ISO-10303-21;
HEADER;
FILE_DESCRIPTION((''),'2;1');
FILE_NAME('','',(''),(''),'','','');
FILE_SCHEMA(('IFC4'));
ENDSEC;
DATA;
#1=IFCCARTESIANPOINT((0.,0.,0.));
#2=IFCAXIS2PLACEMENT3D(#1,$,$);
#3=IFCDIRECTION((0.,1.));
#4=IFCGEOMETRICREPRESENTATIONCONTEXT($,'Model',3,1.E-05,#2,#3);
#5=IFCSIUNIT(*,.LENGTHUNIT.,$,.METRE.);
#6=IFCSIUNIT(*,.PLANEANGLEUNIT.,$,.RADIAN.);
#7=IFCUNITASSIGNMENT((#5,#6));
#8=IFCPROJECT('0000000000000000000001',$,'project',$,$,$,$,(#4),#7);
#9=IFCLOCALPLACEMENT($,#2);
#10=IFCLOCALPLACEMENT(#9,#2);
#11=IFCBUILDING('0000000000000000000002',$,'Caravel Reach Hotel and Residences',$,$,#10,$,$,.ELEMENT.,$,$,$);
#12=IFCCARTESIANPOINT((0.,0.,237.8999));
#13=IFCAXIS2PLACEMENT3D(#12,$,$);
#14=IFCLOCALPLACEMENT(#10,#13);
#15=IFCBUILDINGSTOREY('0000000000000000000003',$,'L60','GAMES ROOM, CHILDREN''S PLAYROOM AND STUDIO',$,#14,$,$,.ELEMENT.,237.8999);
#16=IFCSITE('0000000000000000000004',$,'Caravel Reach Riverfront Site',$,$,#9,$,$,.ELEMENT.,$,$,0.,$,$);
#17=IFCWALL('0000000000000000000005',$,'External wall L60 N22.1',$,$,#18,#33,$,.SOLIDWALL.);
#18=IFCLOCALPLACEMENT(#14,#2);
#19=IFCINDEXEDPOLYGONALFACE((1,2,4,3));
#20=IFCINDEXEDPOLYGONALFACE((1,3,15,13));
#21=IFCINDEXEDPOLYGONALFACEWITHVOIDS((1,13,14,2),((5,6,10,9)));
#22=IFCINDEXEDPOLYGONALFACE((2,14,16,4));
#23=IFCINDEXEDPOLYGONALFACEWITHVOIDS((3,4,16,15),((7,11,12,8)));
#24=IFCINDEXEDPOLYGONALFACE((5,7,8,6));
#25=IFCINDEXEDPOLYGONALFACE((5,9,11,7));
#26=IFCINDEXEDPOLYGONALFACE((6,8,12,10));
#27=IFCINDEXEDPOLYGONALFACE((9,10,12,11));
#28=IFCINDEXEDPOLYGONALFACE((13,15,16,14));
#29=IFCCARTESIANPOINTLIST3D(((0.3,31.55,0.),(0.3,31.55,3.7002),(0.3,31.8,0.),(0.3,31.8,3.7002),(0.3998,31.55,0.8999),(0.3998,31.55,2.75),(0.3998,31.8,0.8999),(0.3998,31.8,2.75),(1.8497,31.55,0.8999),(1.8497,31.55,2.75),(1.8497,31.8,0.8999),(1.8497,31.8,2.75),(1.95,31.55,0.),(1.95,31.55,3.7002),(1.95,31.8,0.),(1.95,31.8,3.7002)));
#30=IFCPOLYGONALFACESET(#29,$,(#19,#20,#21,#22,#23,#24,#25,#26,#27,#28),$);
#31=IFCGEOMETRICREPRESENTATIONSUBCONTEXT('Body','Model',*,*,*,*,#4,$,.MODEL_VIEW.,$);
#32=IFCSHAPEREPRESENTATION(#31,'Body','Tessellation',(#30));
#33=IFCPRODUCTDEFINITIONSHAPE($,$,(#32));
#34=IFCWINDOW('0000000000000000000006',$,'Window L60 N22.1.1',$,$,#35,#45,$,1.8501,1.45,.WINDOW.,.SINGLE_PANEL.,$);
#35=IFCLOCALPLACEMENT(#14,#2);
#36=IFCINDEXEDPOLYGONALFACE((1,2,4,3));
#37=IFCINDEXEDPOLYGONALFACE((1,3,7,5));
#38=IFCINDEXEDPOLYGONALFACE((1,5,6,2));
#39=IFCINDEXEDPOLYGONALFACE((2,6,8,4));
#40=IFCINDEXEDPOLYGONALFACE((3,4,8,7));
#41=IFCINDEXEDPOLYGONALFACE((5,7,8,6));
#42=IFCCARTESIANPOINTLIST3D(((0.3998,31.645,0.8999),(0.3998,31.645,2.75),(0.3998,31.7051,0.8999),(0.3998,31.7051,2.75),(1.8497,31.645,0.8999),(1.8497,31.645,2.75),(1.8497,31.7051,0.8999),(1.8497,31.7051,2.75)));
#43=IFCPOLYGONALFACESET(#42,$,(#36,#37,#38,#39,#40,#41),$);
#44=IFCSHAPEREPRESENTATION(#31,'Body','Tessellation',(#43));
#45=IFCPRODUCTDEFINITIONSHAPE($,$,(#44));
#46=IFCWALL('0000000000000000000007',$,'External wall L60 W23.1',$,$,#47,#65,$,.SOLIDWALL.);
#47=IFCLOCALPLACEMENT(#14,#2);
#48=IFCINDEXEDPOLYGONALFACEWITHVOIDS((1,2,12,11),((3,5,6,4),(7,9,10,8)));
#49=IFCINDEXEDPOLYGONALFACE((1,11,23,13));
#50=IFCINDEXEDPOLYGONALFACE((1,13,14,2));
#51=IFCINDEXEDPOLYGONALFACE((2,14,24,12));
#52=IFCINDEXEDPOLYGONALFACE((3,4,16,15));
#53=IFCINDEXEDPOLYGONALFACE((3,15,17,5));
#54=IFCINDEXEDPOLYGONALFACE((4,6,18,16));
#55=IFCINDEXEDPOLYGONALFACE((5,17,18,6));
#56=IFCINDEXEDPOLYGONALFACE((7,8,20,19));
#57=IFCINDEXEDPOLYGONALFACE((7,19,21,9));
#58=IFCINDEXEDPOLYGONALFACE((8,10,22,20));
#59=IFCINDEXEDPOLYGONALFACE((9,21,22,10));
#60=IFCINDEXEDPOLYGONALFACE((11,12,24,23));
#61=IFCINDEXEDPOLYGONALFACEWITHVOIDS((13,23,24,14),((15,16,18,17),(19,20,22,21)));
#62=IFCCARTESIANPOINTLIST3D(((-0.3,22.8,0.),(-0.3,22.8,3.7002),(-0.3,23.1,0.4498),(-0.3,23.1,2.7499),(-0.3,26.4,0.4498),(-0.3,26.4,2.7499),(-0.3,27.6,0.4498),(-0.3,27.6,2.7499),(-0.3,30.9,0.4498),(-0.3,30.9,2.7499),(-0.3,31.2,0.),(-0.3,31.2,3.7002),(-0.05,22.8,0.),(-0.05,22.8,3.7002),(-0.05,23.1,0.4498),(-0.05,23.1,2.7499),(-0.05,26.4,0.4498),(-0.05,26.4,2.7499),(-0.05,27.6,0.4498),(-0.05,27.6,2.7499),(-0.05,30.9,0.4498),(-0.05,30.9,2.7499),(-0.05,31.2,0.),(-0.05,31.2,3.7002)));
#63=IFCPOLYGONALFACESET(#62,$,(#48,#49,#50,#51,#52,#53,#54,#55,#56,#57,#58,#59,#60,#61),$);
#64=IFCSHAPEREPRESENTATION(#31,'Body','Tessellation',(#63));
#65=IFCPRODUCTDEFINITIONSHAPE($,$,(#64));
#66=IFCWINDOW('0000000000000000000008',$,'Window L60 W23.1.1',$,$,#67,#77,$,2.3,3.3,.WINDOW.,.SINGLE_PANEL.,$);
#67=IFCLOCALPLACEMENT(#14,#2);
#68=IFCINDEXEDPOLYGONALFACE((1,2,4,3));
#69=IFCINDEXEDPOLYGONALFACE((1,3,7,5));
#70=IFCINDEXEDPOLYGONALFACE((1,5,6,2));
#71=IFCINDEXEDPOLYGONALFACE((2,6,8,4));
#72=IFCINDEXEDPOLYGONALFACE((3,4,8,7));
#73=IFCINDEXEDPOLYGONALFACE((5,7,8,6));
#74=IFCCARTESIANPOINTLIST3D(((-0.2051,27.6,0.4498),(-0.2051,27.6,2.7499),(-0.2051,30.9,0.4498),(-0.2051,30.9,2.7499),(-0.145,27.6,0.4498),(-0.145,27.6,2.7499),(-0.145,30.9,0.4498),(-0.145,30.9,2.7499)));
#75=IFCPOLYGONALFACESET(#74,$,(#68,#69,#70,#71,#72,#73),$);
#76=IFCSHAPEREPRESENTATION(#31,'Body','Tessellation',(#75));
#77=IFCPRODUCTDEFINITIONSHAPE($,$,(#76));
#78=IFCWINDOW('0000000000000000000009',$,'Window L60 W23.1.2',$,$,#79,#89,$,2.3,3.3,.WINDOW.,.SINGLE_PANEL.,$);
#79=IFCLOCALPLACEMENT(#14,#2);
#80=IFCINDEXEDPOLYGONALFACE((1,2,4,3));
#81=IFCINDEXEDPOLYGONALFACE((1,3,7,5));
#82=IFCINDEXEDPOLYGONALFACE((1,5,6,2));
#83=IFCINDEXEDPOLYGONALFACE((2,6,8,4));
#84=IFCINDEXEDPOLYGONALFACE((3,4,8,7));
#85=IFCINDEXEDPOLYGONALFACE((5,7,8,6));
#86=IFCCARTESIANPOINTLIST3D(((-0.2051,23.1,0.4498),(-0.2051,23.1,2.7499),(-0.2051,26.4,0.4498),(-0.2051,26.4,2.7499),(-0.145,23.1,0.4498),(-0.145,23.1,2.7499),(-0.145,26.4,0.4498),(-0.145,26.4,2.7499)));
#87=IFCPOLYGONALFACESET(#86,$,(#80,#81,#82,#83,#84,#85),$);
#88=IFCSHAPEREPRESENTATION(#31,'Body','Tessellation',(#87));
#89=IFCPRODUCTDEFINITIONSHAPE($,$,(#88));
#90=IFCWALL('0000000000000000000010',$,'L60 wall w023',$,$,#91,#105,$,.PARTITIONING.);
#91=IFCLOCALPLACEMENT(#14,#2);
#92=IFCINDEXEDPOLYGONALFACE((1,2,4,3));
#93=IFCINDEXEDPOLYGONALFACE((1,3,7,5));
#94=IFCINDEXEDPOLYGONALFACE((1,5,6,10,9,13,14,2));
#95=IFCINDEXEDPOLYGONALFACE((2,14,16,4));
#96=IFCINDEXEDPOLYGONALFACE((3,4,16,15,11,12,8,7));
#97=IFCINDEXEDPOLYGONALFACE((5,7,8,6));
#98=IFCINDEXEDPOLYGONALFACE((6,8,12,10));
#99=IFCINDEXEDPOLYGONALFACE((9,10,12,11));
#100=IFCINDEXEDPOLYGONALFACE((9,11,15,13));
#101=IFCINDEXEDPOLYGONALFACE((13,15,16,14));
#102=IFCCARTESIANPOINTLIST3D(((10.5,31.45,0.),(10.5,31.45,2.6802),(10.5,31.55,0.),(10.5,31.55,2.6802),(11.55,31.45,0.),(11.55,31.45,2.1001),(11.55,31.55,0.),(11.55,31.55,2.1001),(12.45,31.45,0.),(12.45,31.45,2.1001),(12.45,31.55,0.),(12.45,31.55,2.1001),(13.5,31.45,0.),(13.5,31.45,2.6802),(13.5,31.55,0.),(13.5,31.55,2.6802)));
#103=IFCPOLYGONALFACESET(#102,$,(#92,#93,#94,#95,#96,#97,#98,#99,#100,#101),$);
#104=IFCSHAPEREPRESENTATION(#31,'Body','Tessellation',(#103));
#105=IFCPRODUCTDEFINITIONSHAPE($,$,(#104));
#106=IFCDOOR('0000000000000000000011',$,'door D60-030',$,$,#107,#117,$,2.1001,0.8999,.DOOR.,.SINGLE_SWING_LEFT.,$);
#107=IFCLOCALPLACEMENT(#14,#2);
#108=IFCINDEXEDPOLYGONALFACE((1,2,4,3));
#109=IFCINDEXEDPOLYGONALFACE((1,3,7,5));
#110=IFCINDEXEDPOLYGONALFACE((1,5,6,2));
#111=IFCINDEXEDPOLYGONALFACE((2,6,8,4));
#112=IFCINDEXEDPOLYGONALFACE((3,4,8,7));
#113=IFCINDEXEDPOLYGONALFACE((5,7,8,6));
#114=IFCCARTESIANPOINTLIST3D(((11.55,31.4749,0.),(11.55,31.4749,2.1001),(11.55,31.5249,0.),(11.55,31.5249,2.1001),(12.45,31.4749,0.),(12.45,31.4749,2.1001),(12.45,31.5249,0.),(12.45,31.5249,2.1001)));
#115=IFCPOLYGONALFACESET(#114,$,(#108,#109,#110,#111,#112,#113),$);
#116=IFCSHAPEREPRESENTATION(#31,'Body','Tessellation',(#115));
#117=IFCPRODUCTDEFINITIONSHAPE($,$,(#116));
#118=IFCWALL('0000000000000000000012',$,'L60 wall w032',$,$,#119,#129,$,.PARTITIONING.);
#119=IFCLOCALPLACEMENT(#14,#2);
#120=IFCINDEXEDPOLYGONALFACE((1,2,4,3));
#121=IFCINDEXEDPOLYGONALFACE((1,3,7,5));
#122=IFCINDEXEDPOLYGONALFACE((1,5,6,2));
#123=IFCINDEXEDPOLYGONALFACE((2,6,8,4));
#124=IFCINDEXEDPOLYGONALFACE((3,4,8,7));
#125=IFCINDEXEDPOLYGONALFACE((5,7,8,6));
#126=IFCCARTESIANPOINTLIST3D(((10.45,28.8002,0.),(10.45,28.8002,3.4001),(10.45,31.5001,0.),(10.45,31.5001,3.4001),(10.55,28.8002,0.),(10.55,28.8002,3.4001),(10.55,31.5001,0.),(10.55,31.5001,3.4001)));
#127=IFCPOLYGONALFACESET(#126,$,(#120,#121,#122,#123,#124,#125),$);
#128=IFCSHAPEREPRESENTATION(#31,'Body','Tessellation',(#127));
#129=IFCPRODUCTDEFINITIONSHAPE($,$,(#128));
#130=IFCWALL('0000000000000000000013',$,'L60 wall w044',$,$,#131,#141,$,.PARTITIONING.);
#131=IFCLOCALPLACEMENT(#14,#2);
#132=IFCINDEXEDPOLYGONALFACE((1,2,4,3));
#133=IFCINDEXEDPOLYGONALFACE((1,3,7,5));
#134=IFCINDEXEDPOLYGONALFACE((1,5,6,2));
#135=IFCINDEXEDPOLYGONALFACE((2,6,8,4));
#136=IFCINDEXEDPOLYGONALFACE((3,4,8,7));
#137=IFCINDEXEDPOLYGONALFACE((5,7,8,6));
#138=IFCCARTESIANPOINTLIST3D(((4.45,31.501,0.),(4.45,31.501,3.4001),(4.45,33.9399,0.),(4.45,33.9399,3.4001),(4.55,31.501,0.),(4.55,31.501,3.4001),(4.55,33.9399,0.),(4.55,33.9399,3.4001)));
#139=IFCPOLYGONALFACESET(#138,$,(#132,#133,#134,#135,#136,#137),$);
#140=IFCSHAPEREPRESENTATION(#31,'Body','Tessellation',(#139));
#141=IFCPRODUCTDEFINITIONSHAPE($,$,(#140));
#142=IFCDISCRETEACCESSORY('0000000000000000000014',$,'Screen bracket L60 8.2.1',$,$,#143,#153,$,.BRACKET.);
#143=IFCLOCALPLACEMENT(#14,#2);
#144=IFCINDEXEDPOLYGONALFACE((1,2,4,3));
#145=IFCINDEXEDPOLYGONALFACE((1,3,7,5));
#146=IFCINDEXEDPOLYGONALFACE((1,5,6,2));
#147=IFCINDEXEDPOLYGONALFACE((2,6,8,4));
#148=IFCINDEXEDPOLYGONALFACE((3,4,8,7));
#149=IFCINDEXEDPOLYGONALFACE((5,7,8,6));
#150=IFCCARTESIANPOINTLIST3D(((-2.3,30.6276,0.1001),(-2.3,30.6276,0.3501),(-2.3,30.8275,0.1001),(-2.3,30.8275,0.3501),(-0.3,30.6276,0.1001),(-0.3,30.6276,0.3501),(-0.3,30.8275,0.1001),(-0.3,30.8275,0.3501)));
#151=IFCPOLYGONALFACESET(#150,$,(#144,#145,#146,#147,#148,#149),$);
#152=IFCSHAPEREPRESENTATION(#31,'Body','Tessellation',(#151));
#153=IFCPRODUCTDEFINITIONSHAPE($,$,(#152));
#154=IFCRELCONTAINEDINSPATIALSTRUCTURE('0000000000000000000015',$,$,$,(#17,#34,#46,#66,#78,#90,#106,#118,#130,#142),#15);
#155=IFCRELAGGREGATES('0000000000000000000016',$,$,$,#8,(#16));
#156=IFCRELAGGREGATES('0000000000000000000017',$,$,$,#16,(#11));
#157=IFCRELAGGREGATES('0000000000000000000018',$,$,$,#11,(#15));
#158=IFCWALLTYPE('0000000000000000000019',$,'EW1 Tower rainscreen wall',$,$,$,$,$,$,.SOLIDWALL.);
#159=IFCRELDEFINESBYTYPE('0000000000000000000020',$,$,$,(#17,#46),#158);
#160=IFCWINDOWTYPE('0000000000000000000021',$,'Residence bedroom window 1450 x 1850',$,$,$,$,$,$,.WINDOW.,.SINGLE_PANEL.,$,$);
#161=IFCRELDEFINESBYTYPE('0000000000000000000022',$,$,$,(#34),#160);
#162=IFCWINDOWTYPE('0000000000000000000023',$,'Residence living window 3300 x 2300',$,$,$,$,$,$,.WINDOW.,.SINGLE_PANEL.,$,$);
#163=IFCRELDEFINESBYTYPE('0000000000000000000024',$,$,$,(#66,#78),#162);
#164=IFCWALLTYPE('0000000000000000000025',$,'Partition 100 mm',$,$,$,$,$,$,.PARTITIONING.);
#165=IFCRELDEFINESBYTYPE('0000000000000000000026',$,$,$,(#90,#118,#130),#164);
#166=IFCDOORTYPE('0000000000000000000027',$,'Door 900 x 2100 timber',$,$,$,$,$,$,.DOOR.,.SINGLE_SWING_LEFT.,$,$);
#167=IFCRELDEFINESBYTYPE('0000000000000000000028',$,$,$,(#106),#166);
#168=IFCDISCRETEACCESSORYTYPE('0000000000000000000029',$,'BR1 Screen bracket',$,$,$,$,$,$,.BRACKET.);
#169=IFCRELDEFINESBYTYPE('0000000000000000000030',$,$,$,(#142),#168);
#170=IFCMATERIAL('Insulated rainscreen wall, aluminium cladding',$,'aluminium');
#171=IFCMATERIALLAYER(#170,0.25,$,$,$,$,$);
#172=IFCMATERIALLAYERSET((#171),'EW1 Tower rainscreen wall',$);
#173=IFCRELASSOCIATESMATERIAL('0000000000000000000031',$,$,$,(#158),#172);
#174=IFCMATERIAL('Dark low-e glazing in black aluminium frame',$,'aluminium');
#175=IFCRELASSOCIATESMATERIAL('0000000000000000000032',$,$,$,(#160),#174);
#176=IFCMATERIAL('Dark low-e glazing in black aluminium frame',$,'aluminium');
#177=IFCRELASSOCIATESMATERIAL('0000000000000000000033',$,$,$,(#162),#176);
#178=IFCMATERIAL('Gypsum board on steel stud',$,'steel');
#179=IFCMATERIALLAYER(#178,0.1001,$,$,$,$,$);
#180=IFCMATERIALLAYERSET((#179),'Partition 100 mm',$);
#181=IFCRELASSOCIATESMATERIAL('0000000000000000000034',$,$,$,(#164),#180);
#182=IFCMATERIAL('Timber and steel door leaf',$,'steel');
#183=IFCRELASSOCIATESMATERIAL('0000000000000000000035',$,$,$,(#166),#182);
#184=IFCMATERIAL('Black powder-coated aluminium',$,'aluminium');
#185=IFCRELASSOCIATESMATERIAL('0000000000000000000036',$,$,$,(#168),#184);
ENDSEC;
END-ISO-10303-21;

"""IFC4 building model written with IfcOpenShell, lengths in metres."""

from ifc_helpers import new_model, si_unit, direction, frame, frame_2d, origin, origin_2d, place, context, subcontext, project, spatial, rectangle, extrude, material, layer, layer_set, type_object, element, fill, save


model = new_model("IFC4")

# Units and contexts
model_context = context("Model", 3, precision=1e-05, world=origin(), true_north=direction((0.0, 1.0)))
body_context = subcontext(model_context, "Body", "Model", "MODEL_VIEW")
ifc_project = project(units=[si_unit("LENGTHUNIT", "METRE"), si_unit("PLANEANGLEUNIT", "RADIAN")], contexts=[model_context])

# Site, building, storey
site_placement = place(None, origin())
site = spatial("IfcSite", under=ifc_project, at=site_placement, Name="Caravel Reach Riverfront Site", CompositionType="ELEMENT", RefElevation=0.0)
building_placement = place(site_placement, origin())
building = spatial("IfcBuilding", under=site, at=building_placement, Name="Caravel Reach Hotel and Residences", CompositionType="ELEMENT")
storey_placement = place(building_placement, frame((0.0, 0.0, 237.8999)))
storey = spatial("IfcBuildingStorey", under=building, at=storey_placement, Name="L60", Description="GAMES ROOM, CHILDREN'S PLAYROOM AND STUDIO", CompositionType="ELEMENT", Elevation=237.8999)

# Wall, opening, window
ifc_material_1 = material(Name="Insulated rainscreen wall, aluminium cladding", Category="aluminium")
ifc_layer_1 = layer(ifc_material_1, 0.25)
ifc_layer_set_1 = layer_set([ifc_layer_1], Name="EW1 Tower rainscreen wall")
wall_type_1 = type_object("IfcWallType", Name="EW1 Tower rainscreen wall", PredefinedType="SOLIDWALL", material=ifc_layer_set_1)
wall_1_placement = place(storey_placement, frame((1.95, 31.675, 0.0), z_axis=(0.0, 0.0, 1.0), x_axis=(-1.0, 0.0, 0.0)))
wall_1 = element("IfcWall", 1, at=wall_1_placement, inside=storey, type_object=wall_type_1, Name="External wall L60 N22.1", PredefinedType="SOLIDWALL", context=body_context, shape_type="SweptSolid", body=[
    extrude(rectangle(XDim=1.6499, YDim=0.25, at=frame_2d((0.825, 0.0))), origin(), (0.0, 0.0, 1.0), 3.7002),
])
opening_1_placement = place(wall_1_placement, frame((0.1001, 0.0, 0.8999)))
opening_1 = element("IfcOpeningElement", 2, at=opening_1_placement, cuts=wall_1, PredefinedType="OPENING", context=body_context, shape_type="SweptSolid", body=[
    extrude(rectangle(XDim=1.45, YDim=1.8501, at=frame_2d((0.7251, 0.925))), frame((0.0, 0.135, 0.0), z_axis=(0.0, -1.0, 0.0), x_axis=(1.0, 0.0, 0.0)), (0.0, 0.0, 1.0), 0.27),
])
ifc_material_2 = material(Name="Dark low-e glazing in black aluminium frame", Category="aluminium")
window_type_1 = type_object("IfcWindowType", Name="Residence bedroom window 1450 x 1850", PartitioningType="SINGLE_PANEL", PredefinedType="WINDOW", material=ifc_material_2)
window_1_placement = place(opening_1_placement, origin())
window_1 = element("IfcWindow", 3, at=window_1_placement, inside=storey, type_object=window_type_1, Name="Window L60 N22.1.1", OverallHeight=1.8501, OverallWidth=1.45, PartitioningType="SINGLE_PANEL", PredefinedType="WINDOW", context=body_context, shape_type="SweptSolid", body=[
    extrude(rectangle(XDim=1.45, YDim=1.8501, at=frame_2d((0.7251, 0.925))), frame((0.0, 0.03, 0.0), z_axis=(0.0, -1.0, 0.0), x_axis=(1.0, 0.0, 0.0)), (0.0, 0.0, 1.0), 0.0601),
])
fill(opening_1, window_1)

# Wall, openings, windows
wall_2_placement = place(storey_placement, frame((-0.175, 31.2, 0.0), z_axis=(0.0, 0.0, 1.0), x_axis=(0.0, -1.0, 0.0)))
wall_2 = element("IfcWall", 4, at=wall_2_placement, inside=storey, type_object=wall_type_1, Name="External wall L60 W23.1", PredefinedType="SOLIDWALL", context=body_context, shape_type="SweptSolid", body=[
    extrude(rectangle(XDim=8.3999, YDim=0.25, at=frame_2d((4.2, 0.0))), origin(), (0.0, 0.0, 1.0), 3.7002),
])
opening_2_placement = place(wall_2_placement, frame((0.3, 0.0, 0.45)))
opening_2 = element("IfcOpeningElement", 5, at=opening_2_placement, cuts=wall_2, PredefinedType="OPENING", context=body_context, shape_type="SweptSolid", body=[
    extrude(rectangle(XDim=3.3, YDim=2.3, at=frame_2d((1.6499, 1.1499))), frame((0.0, 0.135, 0.0), z_axis=(0.0, -1.0, 0.0), x_axis=(1.0, 0.0, 0.0)), (0.0, 0.0, 1.0), 0.27),
])
opening_3_placement = place(wall_2_placement, frame((4.8, 0.0, 0.45)))
opening_3 = element("IfcOpeningElement", 6, at=opening_3_placement, cuts=wall_2, PredefinedType="OPENING", context=body_context, shape_type="SweptSolid", body=[
    extrude(rectangle(XDim=3.3, YDim=2.3, at=frame_2d((1.6499, 1.1499))), frame((0.0, 0.135, 0.0), z_axis=(0.0, -1.0, 0.0), x_axis=(1.0, 0.0, 0.0)), (0.0, 0.0, 1.0), 0.27),
])
ifc_material_3 = material(Name="Dark low-e glazing in black aluminium frame", Category="aluminium")
window_type_2 = type_object("IfcWindowType", Name="Residence living window 3300 x 2300", PartitioningType="SINGLE_PANEL", PredefinedType="WINDOW", material=ifc_material_3)
window_2_placement = place(opening_2_placement, origin())
window_2 = element("IfcWindow", 7, at=window_2_placement, inside=storey, type_object=window_type_2, Name="Window L60 W23.1.1", OverallHeight=2.3, OverallWidth=3.3, PartitioningType="SINGLE_PANEL", PredefinedType="WINDOW", context=body_context, shape_type="SweptSolid", body=[
    extrude(rectangle(XDim=3.3, YDim=2.3, at=frame_2d((1.6499, 1.1499))), frame((0.0, 0.03, 0.0), z_axis=(0.0, -1.0, 0.0), x_axis=(1.0, 0.0, 0.0)), (0.0, 0.0, 1.0), 0.0601),
])
fill(opening_2, window_2)
window_3_placement = place(opening_3_placement, origin())
window_3 = element("IfcWindow", 8, at=window_3_placement, inside=storey, type_object=window_type_2, Name="Window L60 W23.1.2", OverallHeight=2.3, OverallWidth=3.3, PartitioningType="SINGLE_PANEL", PredefinedType="WINDOW", context=body_context, shape_type="SweptSolid", body=[
    extrude(rectangle(XDim=3.3, YDim=2.3, at=frame_2d((1.6499, 1.1499))), frame((0.0, 0.03, 0.0), z_axis=(0.0, -1.0, 0.0), x_axis=(1.0, 0.0, 0.0)), (0.0, 0.0, 1.0), 0.0601),
])
fill(opening_3, window_3)

# Wall, opening, door
ifc_material_4 = material(Name="Gypsum board on steel stud", Category="steel")
ifc_layer_2 = layer(ifc_material_4, 0.1001)
ifc_layer_set_2 = layer_set([ifc_layer_2], Name="Partition 100 mm")
wall_type_2 = type_object("IfcWallType", Name="Partition 100 mm", PredefinedType="PARTITIONING", material=ifc_layer_set_2)
wall_3_placement = place(storey_placement, frame((10.5, 31.5, 0.0), z_axis=(0.0, 0.0, 1.0), x_axis=(1.0, 0.0, 0.0)))
wall_3 = element("IfcWall", 9, at=wall_3_placement, inside=storey, type_object=wall_type_2, Name="L60 wall w023", PredefinedType="PARTITIONING", context=body_context, shape_type="SweptSolid", body=[
    extrude(rectangle(XDim=3.0, YDim=0.1001, at=frame_2d((1.5, 0.0))), origin(), (0.0, 0.0, 1.0), 2.6802),
])
opening_4_placement = place(wall_3_placement, frame((1.05, 0.0, 0.0)))
opening_4 = element("IfcOpeningElement", 10, at=opening_4_placement, cuts=wall_3, PredefinedType="OPENING", context=body_context, shape_type="SweptSolid", body=[
    extrude(rectangle(XDim=0.8999, YDim=2.1001, at=frame_2d((0.45, 1.05))), frame((0.0, 0.0601, 0.0), z_axis=(0.0, -1.0, 0.0), x_axis=(1.0, 0.0, 0.0)), (0.0, 0.0, 1.0), 0.1201),
])
ifc_material_5 = material(Name="Timber and steel door leaf", Category="steel")
door_type_1 = type_object("IfcDoorType", Name="Door 900 x 2100 timber", OperationType="SINGLE_SWING_LEFT", PredefinedType="DOOR", material=ifc_material_5)
door_1_placement = place(opening_4_placement, origin())
door_1 = element("IfcDoor", 11, at=door_1_placement, inside=storey, type_object=door_type_1, Name="door D60-030", OperationType="SINGLE_SWING_LEFT", OverallHeight=2.1001, OverallWidth=0.8999, PredefinedType="DOOR", context=body_context, shape_type="SweptSolid", body=[
    extrude(rectangle(XDim=0.8999, YDim=2.1001, at=frame_2d((0.45, 1.05))), frame((0.0, 0.0249, 0.0), z_axis=(0.0, -1.0, 0.0), x_axis=(1.0, 0.0, 0.0)), (0.0, 0.0, 1.0), 0.05),
])
fill(opening_4, door_1)

# Walls
wall_4_placement = place(storey_placement, frame((10.5, 28.8, 0.0), z_axis=(0.0, 0.0, 1.0), x_axis=(0.0, 1.0, 0.0)))
element("IfcWall", 12, at=wall_4_placement, inside=storey, type_object=wall_type_2, Name="L60 wall w032", PredefinedType="PARTITIONING", context=body_context, shape_type="SweptSolid", body=[
    extrude(rectangle(XDim=2.7, YDim=0.1001, at=frame_2d((1.3501, 0.0))), origin(), (0.0, 0.0, 1.0), 3.4001),
])
wall_5_placement = place(storey_placement, frame((4.5, 31.501, 0.0), z_axis=(0.0, 0.0, 1.0), x_axis=(0.0, 1.0, 0.0)))
element("IfcWall", 13, at=wall_5_placement, inside=storey, type_object=wall_type_2, Name="L60 wall w044", PredefinedType="PARTITIONING", context=body_context, shape_type="SweptSolid", body=[
    extrude(rectangle(XDim=2.439, YDim=0.1001, at=frame_2d((1.2195, 0.0))), origin(), (0.0, 0.0, 1.0), 3.4001),
])

# Discrete accessory
ifc_material_6 = material(Name="Black powder-coated aluminium", Category="aluminium")
discrete_accessory_type = type_object("IfcDiscreteAccessoryType", Name="BR1 Screen bracket", PredefinedType="BRACKET", material=ifc_material_6)
discrete_accessory_placement = place(storey_placement, frame((-1.3, 30.7275, 0.1001), z_axis=(0.0, 0.0, 1.0), x_axis=(-1.0, 0.0, 0.0)))
element("IfcDiscreteAccessory", 14, at=discrete_accessory_placement, inside=storey, type_object=discrete_accessory_type, Name="Screen bracket L60 8.2.1", PredefinedType="BRACKET", context=body_context, shape_type="SweptSolid", body=[
    extrude(rectangle(XDim=2.0, YDim=0.2, at=origin_2d()), origin(), (0.0, 0.0, 1.0), 0.25),
])

save(model, "model.ifc")
